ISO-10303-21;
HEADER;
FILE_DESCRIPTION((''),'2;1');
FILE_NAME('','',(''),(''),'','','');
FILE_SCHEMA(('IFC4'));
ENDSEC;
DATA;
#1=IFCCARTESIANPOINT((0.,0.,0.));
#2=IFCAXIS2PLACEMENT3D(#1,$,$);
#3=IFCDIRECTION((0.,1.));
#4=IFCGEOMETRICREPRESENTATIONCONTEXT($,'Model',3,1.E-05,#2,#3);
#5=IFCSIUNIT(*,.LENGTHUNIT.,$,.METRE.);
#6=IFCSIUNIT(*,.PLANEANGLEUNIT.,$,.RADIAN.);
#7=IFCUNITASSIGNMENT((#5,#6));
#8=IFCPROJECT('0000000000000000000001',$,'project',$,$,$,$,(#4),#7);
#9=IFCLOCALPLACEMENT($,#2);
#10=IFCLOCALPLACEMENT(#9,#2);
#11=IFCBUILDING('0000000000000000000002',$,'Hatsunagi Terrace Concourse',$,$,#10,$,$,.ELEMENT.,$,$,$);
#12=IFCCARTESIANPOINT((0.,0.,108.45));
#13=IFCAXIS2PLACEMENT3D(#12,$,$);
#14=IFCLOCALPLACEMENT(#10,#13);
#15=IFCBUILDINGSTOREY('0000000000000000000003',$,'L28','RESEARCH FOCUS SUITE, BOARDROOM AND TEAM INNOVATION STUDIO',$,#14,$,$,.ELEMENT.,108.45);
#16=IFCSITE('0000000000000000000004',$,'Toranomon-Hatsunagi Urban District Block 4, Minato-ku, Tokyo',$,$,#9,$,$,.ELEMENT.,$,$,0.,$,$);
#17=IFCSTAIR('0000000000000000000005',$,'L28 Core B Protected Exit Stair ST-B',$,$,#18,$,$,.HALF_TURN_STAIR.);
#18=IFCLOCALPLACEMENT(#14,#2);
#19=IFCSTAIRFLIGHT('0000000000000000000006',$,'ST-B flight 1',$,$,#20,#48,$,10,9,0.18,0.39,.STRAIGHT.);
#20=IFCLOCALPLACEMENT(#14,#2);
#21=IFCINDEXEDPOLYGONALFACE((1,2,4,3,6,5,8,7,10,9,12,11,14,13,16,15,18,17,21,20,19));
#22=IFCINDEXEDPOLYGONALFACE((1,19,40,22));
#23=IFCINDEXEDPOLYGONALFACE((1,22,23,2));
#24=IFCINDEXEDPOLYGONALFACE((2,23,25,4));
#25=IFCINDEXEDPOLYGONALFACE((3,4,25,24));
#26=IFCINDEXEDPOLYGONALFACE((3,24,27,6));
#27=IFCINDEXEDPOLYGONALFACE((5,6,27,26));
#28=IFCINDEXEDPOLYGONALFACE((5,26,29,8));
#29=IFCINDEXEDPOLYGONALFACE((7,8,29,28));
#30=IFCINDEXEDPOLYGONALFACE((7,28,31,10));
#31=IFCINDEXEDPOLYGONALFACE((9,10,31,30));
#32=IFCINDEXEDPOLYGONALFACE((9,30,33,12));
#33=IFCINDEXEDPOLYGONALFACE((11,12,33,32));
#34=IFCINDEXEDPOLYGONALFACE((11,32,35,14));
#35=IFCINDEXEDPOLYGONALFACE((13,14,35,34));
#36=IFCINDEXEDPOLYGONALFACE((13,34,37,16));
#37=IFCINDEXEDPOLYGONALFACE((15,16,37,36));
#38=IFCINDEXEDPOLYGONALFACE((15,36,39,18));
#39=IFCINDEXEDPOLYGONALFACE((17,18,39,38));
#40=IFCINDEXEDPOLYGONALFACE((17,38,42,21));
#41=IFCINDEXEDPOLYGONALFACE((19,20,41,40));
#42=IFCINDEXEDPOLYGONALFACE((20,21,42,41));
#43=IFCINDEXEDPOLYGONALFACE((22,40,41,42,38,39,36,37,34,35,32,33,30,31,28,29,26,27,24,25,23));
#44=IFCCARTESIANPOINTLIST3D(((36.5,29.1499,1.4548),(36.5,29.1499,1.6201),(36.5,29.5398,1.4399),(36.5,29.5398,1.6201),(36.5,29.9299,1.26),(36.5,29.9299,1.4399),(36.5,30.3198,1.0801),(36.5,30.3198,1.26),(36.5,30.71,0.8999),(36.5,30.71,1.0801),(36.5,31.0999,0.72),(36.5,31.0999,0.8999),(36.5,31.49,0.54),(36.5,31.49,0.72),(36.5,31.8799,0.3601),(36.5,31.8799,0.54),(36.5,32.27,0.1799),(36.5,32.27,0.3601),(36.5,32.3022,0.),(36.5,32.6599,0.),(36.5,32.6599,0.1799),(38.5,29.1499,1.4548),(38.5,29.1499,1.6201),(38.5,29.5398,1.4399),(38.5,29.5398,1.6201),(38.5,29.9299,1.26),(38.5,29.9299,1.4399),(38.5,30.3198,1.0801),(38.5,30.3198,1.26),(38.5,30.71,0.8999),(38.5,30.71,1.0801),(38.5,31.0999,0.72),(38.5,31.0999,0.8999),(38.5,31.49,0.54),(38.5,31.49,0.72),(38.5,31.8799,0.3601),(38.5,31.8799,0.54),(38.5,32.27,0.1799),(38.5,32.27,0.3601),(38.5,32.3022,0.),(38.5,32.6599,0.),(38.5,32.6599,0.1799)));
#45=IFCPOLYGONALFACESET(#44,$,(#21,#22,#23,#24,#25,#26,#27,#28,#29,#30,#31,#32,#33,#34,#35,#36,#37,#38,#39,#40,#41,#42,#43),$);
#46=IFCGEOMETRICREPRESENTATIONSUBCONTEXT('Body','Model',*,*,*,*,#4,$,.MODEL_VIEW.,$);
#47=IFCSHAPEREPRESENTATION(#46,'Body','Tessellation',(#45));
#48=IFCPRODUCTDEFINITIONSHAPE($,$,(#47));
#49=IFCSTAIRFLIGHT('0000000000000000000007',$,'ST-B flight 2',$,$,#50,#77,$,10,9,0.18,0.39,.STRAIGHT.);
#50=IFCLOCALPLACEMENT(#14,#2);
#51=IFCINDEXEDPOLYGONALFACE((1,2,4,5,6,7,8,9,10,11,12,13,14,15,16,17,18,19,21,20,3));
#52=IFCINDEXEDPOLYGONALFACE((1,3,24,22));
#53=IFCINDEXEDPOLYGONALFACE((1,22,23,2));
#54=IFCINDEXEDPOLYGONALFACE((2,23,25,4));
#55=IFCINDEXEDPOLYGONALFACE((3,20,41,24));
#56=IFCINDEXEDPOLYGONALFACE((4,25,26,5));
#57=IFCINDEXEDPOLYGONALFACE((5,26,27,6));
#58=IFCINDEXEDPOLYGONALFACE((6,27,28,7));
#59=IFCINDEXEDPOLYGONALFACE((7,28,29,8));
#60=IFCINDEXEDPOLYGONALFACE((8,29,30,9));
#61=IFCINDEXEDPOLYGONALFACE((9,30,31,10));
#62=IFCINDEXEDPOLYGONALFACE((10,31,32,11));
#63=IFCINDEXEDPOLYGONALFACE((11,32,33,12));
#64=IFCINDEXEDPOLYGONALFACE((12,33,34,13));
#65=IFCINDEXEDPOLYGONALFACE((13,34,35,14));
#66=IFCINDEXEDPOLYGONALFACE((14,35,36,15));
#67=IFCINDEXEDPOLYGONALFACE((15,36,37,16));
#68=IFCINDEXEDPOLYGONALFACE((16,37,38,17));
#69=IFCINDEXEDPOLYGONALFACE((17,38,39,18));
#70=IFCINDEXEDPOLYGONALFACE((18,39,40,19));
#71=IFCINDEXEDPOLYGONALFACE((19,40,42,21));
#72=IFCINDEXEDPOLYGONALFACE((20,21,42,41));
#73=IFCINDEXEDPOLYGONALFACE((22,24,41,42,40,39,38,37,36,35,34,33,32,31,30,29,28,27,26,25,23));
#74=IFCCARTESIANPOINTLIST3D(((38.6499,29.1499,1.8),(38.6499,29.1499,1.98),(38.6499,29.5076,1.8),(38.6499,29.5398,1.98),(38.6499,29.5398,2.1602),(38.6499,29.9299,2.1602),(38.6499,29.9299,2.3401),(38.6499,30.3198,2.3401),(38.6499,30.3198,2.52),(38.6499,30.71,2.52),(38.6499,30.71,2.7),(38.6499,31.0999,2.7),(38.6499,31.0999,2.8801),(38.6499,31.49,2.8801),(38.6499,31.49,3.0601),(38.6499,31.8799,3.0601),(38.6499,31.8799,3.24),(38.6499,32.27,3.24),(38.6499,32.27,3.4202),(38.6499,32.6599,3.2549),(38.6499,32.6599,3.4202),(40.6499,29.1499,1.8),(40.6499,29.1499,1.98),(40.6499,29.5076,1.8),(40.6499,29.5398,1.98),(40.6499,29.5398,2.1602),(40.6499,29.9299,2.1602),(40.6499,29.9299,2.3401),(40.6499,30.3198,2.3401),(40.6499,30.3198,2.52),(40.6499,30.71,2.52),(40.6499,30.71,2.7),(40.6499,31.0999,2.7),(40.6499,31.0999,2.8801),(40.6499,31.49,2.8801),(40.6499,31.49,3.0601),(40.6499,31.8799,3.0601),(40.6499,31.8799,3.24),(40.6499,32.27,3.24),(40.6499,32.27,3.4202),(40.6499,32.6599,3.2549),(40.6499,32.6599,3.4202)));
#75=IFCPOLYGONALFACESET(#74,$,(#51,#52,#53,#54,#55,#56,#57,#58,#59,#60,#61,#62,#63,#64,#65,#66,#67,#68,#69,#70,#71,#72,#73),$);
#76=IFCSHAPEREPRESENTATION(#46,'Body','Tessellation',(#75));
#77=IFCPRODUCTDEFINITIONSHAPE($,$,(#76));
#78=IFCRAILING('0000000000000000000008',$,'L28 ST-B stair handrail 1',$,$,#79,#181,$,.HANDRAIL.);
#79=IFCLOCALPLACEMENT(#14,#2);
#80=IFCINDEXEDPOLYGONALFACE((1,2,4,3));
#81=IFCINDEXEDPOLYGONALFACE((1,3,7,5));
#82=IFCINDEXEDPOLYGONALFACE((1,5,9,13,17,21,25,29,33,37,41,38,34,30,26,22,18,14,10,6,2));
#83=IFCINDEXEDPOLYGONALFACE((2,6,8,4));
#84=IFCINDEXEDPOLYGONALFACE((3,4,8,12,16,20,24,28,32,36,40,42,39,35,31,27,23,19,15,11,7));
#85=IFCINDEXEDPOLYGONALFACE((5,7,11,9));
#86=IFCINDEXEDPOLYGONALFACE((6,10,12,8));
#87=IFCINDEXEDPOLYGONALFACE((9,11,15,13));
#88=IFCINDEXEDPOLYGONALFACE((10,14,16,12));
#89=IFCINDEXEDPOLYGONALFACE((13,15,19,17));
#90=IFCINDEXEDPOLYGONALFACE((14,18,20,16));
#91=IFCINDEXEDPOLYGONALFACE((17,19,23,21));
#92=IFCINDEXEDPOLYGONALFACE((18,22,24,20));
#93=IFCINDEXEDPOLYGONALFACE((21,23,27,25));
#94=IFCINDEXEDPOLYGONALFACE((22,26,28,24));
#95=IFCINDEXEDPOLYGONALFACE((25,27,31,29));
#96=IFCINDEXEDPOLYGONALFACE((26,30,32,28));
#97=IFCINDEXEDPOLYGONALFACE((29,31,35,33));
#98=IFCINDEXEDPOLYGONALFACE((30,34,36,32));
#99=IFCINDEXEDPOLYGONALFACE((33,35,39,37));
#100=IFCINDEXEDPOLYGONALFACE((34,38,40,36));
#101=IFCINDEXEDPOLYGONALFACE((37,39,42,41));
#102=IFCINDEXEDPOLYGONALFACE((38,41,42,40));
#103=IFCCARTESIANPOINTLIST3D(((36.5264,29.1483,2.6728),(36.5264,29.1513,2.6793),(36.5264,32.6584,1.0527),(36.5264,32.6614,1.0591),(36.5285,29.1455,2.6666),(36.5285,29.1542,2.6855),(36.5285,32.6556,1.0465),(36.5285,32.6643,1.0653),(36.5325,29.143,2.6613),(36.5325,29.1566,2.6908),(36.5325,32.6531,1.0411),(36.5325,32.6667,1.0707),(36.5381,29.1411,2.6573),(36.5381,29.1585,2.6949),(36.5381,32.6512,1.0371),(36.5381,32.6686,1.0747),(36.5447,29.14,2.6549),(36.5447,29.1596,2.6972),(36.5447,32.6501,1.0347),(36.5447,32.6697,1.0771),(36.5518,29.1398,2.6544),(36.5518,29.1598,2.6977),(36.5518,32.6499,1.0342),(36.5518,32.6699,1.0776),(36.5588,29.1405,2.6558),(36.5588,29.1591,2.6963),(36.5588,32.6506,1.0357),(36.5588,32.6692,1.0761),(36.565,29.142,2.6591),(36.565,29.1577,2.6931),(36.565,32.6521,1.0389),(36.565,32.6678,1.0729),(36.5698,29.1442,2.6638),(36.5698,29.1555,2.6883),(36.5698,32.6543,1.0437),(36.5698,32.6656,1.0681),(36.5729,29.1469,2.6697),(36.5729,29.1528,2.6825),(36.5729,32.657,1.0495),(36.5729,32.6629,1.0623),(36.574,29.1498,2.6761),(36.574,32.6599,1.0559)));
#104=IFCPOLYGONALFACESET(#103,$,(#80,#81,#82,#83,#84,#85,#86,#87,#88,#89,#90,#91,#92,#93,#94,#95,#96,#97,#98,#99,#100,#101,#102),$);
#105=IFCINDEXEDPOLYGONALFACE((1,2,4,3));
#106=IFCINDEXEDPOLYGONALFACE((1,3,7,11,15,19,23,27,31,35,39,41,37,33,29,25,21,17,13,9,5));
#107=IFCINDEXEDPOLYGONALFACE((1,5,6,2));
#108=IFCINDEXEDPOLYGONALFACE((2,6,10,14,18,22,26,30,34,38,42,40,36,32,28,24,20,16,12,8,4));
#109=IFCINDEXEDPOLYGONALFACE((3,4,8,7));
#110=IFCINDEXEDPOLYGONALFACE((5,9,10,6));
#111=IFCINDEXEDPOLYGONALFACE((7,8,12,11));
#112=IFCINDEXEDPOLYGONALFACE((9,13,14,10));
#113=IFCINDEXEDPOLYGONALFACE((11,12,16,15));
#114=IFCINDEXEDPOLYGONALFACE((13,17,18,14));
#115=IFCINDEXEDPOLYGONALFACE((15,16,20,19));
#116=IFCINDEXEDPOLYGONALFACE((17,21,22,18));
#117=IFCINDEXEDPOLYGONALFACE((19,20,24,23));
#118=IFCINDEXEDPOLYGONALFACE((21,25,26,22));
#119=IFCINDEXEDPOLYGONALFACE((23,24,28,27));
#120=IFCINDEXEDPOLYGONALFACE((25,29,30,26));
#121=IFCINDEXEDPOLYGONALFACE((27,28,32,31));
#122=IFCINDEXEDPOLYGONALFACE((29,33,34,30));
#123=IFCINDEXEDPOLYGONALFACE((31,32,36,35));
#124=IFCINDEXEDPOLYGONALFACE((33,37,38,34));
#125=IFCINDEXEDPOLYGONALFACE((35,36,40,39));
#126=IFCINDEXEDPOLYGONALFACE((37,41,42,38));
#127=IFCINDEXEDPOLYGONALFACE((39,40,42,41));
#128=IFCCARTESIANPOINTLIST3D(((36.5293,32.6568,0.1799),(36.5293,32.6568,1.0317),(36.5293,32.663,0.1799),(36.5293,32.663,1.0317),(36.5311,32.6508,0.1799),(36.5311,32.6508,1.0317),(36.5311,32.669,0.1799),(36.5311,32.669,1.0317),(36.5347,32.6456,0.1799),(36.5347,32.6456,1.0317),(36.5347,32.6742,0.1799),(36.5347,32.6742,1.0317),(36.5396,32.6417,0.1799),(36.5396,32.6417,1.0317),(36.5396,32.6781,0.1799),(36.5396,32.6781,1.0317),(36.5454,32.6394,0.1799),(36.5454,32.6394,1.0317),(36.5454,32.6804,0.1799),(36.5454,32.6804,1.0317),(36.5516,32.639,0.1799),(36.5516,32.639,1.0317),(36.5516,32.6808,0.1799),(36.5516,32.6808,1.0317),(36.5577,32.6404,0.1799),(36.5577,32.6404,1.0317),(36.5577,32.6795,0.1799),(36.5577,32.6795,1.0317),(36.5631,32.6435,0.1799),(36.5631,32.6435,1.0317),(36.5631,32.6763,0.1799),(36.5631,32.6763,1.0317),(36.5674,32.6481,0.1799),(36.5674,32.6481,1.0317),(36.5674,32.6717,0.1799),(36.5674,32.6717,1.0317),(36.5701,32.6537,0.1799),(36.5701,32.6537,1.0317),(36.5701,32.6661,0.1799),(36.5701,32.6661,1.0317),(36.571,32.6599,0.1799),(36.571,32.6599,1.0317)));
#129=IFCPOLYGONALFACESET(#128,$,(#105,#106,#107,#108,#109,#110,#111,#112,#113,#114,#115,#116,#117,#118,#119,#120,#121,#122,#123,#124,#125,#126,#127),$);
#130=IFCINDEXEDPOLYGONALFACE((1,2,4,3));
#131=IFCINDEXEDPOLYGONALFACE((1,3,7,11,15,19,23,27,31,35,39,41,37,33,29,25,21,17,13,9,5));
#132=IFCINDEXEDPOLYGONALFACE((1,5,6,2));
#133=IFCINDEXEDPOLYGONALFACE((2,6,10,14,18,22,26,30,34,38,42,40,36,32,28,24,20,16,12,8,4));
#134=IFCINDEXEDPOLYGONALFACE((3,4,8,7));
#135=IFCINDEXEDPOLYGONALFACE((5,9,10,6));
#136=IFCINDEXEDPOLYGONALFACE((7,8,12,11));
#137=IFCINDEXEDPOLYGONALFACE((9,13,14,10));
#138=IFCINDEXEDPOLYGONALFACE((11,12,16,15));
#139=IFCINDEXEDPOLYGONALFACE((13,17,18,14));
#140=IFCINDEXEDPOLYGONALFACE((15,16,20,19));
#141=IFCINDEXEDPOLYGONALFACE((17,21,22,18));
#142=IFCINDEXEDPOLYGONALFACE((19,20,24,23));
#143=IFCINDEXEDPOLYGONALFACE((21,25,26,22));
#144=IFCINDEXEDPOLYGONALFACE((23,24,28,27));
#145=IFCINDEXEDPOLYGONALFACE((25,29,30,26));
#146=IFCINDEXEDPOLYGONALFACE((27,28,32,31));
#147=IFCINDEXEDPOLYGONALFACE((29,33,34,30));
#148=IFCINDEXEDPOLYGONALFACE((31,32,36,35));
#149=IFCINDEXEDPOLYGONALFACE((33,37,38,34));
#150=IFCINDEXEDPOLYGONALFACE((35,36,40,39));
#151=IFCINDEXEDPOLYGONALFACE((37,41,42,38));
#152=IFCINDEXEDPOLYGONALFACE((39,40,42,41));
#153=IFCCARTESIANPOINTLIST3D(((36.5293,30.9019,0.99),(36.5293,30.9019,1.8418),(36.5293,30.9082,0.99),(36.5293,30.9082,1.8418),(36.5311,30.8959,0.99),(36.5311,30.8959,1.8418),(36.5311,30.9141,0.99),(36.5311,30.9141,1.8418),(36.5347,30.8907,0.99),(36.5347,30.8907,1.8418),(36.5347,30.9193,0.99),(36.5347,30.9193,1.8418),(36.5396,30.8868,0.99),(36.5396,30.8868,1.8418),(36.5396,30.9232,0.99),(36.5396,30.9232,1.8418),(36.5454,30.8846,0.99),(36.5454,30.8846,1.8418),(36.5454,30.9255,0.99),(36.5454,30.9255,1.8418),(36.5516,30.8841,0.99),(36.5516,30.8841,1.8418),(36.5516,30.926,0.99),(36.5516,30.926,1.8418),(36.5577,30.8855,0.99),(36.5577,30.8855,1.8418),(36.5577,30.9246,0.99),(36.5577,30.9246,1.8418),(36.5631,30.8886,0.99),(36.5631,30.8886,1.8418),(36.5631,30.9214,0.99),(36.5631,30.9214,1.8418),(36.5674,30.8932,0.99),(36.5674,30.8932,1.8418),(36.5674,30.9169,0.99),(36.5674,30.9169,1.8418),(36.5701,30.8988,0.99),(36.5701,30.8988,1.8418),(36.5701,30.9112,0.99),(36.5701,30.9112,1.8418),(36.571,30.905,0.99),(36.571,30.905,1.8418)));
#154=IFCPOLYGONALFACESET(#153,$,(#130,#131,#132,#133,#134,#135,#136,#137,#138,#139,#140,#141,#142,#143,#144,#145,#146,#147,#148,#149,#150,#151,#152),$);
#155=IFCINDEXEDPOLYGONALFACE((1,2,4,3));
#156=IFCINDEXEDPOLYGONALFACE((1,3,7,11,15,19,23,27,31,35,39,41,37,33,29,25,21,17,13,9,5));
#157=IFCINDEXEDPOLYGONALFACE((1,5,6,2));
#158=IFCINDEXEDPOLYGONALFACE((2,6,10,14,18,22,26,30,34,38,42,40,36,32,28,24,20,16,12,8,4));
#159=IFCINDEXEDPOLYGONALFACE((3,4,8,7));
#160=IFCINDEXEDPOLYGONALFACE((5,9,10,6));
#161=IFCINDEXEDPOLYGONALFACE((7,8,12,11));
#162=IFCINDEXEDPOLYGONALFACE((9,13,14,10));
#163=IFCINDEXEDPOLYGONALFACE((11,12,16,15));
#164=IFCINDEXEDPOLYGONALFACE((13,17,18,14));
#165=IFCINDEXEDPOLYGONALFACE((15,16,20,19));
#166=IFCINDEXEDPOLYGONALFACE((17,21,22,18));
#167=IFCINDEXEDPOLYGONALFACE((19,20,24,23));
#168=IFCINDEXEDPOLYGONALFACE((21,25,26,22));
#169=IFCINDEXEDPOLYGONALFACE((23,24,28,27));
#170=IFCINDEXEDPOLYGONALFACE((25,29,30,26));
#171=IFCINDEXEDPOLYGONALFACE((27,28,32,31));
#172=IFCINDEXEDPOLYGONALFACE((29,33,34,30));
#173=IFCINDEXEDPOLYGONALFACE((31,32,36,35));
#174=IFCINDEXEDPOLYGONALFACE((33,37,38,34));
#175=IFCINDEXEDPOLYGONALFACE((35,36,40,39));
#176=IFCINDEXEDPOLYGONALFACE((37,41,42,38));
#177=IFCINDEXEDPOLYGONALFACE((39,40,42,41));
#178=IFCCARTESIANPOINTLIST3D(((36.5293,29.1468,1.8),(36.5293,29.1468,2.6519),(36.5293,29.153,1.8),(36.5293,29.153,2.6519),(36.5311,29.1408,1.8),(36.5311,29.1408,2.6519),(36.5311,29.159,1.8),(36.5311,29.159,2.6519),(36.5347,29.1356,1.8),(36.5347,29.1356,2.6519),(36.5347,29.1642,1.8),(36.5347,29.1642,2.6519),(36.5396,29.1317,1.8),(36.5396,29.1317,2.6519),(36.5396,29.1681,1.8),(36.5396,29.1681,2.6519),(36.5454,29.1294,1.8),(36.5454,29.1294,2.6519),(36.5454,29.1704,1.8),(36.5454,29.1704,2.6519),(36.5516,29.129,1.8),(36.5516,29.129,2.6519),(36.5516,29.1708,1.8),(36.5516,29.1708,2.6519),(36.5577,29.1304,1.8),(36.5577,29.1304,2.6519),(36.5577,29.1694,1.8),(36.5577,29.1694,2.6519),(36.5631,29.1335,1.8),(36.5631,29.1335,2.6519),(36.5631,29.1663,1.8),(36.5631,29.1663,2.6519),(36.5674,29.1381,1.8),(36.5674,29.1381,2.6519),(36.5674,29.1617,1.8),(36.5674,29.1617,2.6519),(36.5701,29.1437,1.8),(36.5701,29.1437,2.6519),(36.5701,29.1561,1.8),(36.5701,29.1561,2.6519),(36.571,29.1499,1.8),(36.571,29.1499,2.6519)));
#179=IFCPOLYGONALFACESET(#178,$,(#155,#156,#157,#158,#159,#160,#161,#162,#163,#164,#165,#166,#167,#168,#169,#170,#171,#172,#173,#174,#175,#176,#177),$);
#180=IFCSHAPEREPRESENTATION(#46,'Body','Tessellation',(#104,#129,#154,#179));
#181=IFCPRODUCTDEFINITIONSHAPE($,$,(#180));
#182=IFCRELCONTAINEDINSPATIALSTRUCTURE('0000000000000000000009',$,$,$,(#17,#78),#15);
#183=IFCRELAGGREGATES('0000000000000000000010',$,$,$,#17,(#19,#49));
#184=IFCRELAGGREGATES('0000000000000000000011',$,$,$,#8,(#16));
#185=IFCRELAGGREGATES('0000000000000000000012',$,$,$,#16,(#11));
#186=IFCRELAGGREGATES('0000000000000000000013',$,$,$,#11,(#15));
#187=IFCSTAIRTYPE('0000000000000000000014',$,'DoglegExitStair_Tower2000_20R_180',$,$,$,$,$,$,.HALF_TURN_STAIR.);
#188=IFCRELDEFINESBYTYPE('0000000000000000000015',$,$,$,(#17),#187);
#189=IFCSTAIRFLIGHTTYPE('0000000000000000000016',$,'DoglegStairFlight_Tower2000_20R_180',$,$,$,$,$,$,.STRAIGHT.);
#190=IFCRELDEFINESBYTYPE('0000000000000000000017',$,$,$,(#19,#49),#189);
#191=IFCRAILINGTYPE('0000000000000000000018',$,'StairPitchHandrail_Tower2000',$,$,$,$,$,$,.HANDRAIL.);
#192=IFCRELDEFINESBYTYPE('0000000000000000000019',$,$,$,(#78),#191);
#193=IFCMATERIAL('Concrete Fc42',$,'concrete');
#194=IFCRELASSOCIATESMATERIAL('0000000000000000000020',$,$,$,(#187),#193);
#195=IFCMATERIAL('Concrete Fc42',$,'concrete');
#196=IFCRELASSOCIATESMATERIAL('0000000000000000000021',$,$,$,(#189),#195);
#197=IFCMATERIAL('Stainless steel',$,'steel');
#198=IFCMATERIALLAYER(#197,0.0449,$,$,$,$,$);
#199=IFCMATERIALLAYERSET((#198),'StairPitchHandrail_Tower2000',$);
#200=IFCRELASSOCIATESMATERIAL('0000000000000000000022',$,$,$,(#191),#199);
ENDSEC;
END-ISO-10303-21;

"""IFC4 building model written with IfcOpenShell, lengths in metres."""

from ifc_helpers import new_model, si_unit, direction, frame, origin, origin_2d, place, context, subcontext, project, spatial, polyline, circle, outline, extrude, material, layer, layer_set, type_object, element, aggregate, save


model = new_model("IFC4")

# Units and contexts
model_context = context("Model", 3, precision=1e-05, world=origin(), true_north=direction((0.0, 1.0)))
body_context = subcontext(model_context, "Body", "Model", "MODEL_VIEW")
ifc_project = project(units=[si_unit("LENGTHUNIT", "METRE"), si_unit("PLANEANGLEUNIT", "RADIAN")], contexts=[model_context])

# Site, building, storey
site_placement = place(None, origin())
site = spatial("IfcSite", under=ifc_project, at=site_placement, Name="Toranomon-Hatsunagi Urban District Block 4, Minato-ku, Tokyo", CompositionType="ELEMENT", RefElevation=0.0)
building_placement = place(site_placement, origin())
building = spatial("IfcBuilding", under=site, at=building_placement, Name="Hatsunagi Terrace Concourse", CompositionType="ELEMENT")
storey_placement = place(building_placement, frame((0.0, 0.0, 108.45)))
storey = spatial("IfcBuildingStorey", under=building, at=storey_placement, Name="L28", Description="RESEARCH FOCUS SUITE, BOARDROOM AND TEAM INNOVATION STUDIO", CompositionType="ELEMENT", Elevation=108.45)

# Stair, stair flights
ifc_material_1 = material(Name="Concrete Fc42", Category="concrete")
stair_type = type_object("IfcStairType", Name="DoglegExitStair_Tower2000_20R_180", PredefinedType="HALF_TURN_STAIR", material=ifc_material_1)
stair_placement = place(storey_placement, origin())
stair = element("IfcStair", 1, at=stair_placement, inside=storey, type_object=stair_type, Name="L28 Core B Protected Exit Stair ST-B", PredefinedType="HALF_TURN_STAIR")
ifc_material_2 = material(Name="Concrete Fc42", Category="concrete")
stair_flight_type = type_object("IfcStairFlightType", Name="DoglegStairFlight_Tower2000_20R_180", PredefinedType="STRAIGHT", material=ifc_material_2)
stair_flight_1_placement = place(storey_placement, frame((37.5, 32.6599, 0.0), z_axis=(0.0, 0.0, 1.0), x_axis=(0.0, -1.0, 0.0)))
stair_flight_1 = element("IfcStairFlight", 2, at=stair_flight_1_placement, type_object=stair_flight_type, Name="ST-B flight 1", NumberOfRisers=10, NumberOfTreads=9, PredefinedType="STRAIGHT", RiserHeight=0.18, TreadLength=0.39, context=body_context, shape_type="SweptSolid", body=[
    extrude(outline(polyline([(0.0, 0.0), (0.0, 0.1799), (0.3899, 0.1799), (0.3899, 0.3601), (0.78, 0.3601), (0.78, 0.54), (1.1699, 0.54), (1.1699, 0.72), (1.5601, 0.72), (1.5601, 0.8999), (1.95, 0.8999), (1.95, 1.0801), (2.3401, 1.0801), (2.3401, 1.26), (2.73, 1.26), (2.73, 1.4399), (3.1201, 1.4399), (3.1201, 1.6201), (3.51, 1.6201), (3.51, 1.8), (3.51, 1.4548), (0.3577, 0.0), (0.0, 0.0)])), frame((0.0, 1.0, 0.0), z_axis=(0.0, -1.0, 0.0), x_axis=(1.0, 0.0, 0.0)), (0.0, 0.0, 1.0), 2.0),
])
stair_flight_2_placement = place(storey_placement, frame((39.6499, 29.1499, 1.8), z_axis=(0.0, 0.0, 1.0), x_axis=(0.0, 1.0, 0.0)))
stair_flight_2 = element("IfcStairFlight", 3, at=stair_flight_2_placement, type_object=stair_flight_type, Name="ST-B flight 2", NumberOfRisers=10, NumberOfTreads=9, PredefinedType="STRAIGHT", RiserHeight=0.18, TreadLength=0.39, context=body_context, shape_type="SweptSolid", body=[
    extrude(outline(polyline([(0.0, 0.0), (0.0, 0.1799), (0.3899, 0.1799), (0.3899, 0.3601), (0.78, 0.3601), (0.78, 0.54), (1.1699, 0.54), (1.1699, 0.72), (1.5601, 0.72), (1.5601, 0.8999), (1.95, 0.8999), (1.95, 1.0801), (2.3401, 1.0801), (2.3401, 1.26), (2.73, 1.26), (2.73, 1.4399), (3.1201, 1.4399), (3.1201, 1.6201), (3.51, 1.6201), (3.51, 1.8), (3.51, 1.4548), (0.3577, 0.0), (0.0, 0.0)])), frame((0.0, 1.0, 0.0), z_axis=(0.0, -1.0, 0.0), x_axis=(1.0, 0.0, 0.0)), (0.0, 0.0, 1.0), 2.0),
])
aggregate(stair, [stair_flight_1, stair_flight_2])

# Railing
ifc_material_3 = material(Name="Stainless steel", Category="steel")
ifc_layer_1 = layer(ifc_material_3, 0.0449)
ifc_layer_set_1 = layer_set([ifc_layer_1], Name="StairPitchHandrail_Tower2000")
railing_type_1 = type_object("IfcRailingType", Name="StairPitchHandrail_Tower2000", PredefinedType="HANDRAIL", material=ifc_layer_set_1)
railing_1_placement = place(storey_placement, frame((36.55, 32.6599, 0.1799)))
element("IfcRailing", 4, at=railing_1_placement, inside=storey, type_object=railing_type_1, Name="L28 ST-B stair handrail 1", PredefinedType="HANDRAIL", context=body_context, shape_type="SweptSolid", body=[
    extrude(circle(Radius=0.0239, at=origin_2d()), frame((0.0, 0.0, 0.876), z_axis=(0.0, -0.907948, 0.419082), x_axis=(1.0, 0.0, 0.0)), (0.0, 0.0, 1.0), 3.866),
    extrude(circle(Radius=0.021, at=origin_2d()), origin(), (0.0, 0.0, 1.0), 0.8518),
    extrude(circle(Radius=0.021, at=origin_2d()), frame((0.0, -1.7549, 0.8101)), (0.0, 0.0, 1.0), 0.8518),
    extrude(circle(Radius=0.021, at=origin_2d()), frame((0.0, -3.51, 1.6201)), (0.0, 0.0, 1.0), 0.8518),
])

save(model, "model.ifc")
